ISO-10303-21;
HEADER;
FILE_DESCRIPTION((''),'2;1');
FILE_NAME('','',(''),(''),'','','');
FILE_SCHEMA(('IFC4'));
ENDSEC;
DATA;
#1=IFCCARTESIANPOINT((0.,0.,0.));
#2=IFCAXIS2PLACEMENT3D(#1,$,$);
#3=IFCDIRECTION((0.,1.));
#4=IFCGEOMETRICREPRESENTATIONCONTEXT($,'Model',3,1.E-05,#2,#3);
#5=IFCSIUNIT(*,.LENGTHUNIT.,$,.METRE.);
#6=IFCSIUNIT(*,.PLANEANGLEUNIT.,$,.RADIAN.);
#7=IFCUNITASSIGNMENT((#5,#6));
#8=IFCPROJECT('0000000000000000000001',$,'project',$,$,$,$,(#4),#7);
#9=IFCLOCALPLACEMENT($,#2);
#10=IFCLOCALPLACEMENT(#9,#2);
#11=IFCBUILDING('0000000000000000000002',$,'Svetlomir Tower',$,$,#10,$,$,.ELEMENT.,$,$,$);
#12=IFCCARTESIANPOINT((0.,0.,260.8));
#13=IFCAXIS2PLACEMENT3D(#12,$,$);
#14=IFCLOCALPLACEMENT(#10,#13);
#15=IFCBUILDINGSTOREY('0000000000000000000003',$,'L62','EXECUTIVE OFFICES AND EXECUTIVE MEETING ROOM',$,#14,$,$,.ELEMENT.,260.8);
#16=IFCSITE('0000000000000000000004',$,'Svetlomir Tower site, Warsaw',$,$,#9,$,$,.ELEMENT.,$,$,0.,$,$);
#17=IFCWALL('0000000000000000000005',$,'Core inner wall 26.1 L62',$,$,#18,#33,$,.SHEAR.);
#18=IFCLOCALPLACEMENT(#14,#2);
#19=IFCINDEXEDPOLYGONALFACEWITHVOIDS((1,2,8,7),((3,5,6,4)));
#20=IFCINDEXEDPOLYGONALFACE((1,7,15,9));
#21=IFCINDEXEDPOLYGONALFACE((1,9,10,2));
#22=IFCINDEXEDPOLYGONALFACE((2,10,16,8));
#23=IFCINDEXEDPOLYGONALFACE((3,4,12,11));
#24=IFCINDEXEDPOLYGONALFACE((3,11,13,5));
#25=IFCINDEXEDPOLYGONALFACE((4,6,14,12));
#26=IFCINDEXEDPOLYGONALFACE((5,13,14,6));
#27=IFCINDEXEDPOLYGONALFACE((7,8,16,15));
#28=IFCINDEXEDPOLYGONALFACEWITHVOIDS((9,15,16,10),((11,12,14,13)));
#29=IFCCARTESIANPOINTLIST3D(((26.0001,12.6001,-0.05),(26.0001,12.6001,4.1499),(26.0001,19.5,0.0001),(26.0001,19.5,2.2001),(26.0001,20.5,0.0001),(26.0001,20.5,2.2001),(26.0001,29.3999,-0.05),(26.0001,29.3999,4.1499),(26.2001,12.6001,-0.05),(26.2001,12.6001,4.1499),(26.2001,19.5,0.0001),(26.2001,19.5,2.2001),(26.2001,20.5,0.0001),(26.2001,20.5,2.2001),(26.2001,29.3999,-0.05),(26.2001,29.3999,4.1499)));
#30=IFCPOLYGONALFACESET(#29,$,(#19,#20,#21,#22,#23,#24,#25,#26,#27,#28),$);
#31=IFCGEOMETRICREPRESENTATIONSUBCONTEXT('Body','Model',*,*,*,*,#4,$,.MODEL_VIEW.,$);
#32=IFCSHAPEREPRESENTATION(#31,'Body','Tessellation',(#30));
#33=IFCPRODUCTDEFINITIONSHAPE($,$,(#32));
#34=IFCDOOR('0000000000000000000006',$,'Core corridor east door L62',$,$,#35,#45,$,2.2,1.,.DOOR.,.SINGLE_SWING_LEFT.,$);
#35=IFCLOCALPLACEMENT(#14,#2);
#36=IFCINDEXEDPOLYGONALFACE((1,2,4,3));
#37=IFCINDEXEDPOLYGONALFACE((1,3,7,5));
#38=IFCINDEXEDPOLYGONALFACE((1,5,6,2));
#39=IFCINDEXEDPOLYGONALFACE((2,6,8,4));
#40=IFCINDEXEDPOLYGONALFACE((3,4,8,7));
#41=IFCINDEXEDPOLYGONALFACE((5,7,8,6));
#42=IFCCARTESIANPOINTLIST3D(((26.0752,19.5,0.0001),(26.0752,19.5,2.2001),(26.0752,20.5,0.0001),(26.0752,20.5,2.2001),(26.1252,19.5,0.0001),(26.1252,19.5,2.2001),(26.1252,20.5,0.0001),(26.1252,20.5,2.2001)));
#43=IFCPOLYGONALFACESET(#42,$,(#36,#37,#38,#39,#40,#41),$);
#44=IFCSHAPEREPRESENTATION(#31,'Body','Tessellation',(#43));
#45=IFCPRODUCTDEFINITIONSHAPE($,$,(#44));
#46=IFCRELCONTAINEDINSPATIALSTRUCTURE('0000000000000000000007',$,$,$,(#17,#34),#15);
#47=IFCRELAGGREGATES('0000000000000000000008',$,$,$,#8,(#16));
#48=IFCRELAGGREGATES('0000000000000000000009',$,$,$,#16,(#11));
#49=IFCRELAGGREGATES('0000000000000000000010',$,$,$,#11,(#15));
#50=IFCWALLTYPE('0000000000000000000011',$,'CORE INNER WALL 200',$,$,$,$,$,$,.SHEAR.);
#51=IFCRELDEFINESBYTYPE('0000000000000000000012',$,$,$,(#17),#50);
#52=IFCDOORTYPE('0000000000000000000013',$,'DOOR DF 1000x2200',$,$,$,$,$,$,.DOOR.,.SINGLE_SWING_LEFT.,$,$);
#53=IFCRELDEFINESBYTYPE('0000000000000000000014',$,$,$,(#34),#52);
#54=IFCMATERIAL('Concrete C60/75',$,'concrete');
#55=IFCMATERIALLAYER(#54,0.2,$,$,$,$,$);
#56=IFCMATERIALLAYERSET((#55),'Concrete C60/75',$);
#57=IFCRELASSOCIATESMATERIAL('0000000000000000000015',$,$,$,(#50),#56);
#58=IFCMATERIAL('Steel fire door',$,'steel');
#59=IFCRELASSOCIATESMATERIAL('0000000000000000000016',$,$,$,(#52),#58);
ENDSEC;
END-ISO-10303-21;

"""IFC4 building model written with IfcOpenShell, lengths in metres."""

from ifc_helpers import new_model, si_unit, direction, frame, frame_2d, origin, place, context, subcontext, project, spatial, rectangle, extrude, material, layer, layer_set, type_object, element, fill, save


model = new_model("IFC4")

# Units and contexts
model_context = context("Model", 3, precision=1e-05, world=origin(), true_north=direction((0.0, 1.0)))
body_context = subcontext(model_context, "Body", "Model", "MODEL_VIEW")
ifc_project = project(units=[si_unit("LENGTHUNIT", "METRE"), si_unit("PLANEANGLEUNIT", "RADIAN")], contexts=[model_context])

# Site, building, storey
site_placement = place(None, origin())
site = spatial("IfcSite", under=ifc_project, at=site_placement, Name="Svetlomir Tower site, Warsaw", CompositionType="ELEMENT", RefElevation=0.0)
building_placement = place(site_placement, origin())
building = spatial("IfcBuilding", under=site, at=building_placement, Name="Svetlomir Tower", CompositionType="ELEMENT")
storey_placement = place(building_placement, frame((0.0, 0.0, 260.8)))
storey = spatial("IfcBuildingStorey", under=building, at=storey_placement, Name="L62", Description="EXECUTIVE OFFICES AND EXECUTIVE MEETING ROOM", CompositionType="ELEMENT", Elevation=260.8)

# Shared definitions
ifc_material_1 = material(Name="Concrete C60/75", Category="concrete")
ifc_layer_1 = layer(ifc_material_1, 0.2)
ifc_layer_set_1 = layer_set([ifc_layer_1], Name="Concrete C60/75")
wall_type = type_object("IfcWallType", Name="CORE INNER WALL 200", PredefinedType="SHEAR", material=ifc_layer_set_1)

# Wall, opening, door
wall_1_placement = place(storey_placement, frame((26.1001, 12.6001, -0.05), z_axis=(0.0, 0.0, 1.0), x_axis=(0.0, 1.0, 0.0)))
wall_1 = element("IfcWall", 1, at=wall_1_placement, inside=storey, type_object=wall_type, Name="Core inner wall 26.1 L62", PredefinedType="SHEAR", context=body_context, shape_type="SweptSolid", body=[
    extrude(rectangle(XDim=16.7998, YDim=0.2, at=frame_2d((8.3999, 0.0))), origin(), (0.0, 0.0, 1.0), 4.2),
])
opening_1_placement = place(wall_1_placement, frame((6.8999, 0.0, 0.05)))
opening_1 = element("IfcOpeningElement", 2, at=opening_1_placement, cuts=wall_1, PredefinedType="OPENING", context=body_context, shape_type="SweptSolid", body=[
    extrude(rectangle(XDim=1.0, YDim=2.2, at=frame_2d((0.5, 1.1001))), frame((0.0, 0.1099, 0.0), z_axis=(0.0, -1.0, 0.0), x_axis=(1.0, 0.0, 0.0)), (0.0, 0.0, 1.0), 0.22),
])
ifc_material_2 = material(Name="Steel fire door", Category="steel")
door_type_1 = type_object("IfcDoorType", Name="DOOR DF 1000x2200", OperationType="SINGLE_SWING_LEFT", PredefinedType="DOOR", material=ifc_material_2)
door_1_placement = place(opening_1_placement, origin())
door_1 = element("IfcDoor", 3, at=door_1_placement, inside=storey, type_object=door_type_1, Name="Core corridor east door L62", OperationType="SINGLE_SWING_LEFT", OverallHeight=2.2, OverallWidth=1.0, PredefinedType="DOOR", context=body_context, shape_type="SweptSolid", body=[
    extrude(rectangle(XDim=1.0, YDim=2.2, at=frame_2d((0.5, 1.1001))), frame((0.0, 0.0249, 0.0), z_axis=(0.0, -1.0, 0.0), x_axis=(1.0, 0.0, 0.0)), (0.0, 0.0, 1.0), 0.05),
])
fill(opening_1, door_1)

save(model, "model.ifc")
